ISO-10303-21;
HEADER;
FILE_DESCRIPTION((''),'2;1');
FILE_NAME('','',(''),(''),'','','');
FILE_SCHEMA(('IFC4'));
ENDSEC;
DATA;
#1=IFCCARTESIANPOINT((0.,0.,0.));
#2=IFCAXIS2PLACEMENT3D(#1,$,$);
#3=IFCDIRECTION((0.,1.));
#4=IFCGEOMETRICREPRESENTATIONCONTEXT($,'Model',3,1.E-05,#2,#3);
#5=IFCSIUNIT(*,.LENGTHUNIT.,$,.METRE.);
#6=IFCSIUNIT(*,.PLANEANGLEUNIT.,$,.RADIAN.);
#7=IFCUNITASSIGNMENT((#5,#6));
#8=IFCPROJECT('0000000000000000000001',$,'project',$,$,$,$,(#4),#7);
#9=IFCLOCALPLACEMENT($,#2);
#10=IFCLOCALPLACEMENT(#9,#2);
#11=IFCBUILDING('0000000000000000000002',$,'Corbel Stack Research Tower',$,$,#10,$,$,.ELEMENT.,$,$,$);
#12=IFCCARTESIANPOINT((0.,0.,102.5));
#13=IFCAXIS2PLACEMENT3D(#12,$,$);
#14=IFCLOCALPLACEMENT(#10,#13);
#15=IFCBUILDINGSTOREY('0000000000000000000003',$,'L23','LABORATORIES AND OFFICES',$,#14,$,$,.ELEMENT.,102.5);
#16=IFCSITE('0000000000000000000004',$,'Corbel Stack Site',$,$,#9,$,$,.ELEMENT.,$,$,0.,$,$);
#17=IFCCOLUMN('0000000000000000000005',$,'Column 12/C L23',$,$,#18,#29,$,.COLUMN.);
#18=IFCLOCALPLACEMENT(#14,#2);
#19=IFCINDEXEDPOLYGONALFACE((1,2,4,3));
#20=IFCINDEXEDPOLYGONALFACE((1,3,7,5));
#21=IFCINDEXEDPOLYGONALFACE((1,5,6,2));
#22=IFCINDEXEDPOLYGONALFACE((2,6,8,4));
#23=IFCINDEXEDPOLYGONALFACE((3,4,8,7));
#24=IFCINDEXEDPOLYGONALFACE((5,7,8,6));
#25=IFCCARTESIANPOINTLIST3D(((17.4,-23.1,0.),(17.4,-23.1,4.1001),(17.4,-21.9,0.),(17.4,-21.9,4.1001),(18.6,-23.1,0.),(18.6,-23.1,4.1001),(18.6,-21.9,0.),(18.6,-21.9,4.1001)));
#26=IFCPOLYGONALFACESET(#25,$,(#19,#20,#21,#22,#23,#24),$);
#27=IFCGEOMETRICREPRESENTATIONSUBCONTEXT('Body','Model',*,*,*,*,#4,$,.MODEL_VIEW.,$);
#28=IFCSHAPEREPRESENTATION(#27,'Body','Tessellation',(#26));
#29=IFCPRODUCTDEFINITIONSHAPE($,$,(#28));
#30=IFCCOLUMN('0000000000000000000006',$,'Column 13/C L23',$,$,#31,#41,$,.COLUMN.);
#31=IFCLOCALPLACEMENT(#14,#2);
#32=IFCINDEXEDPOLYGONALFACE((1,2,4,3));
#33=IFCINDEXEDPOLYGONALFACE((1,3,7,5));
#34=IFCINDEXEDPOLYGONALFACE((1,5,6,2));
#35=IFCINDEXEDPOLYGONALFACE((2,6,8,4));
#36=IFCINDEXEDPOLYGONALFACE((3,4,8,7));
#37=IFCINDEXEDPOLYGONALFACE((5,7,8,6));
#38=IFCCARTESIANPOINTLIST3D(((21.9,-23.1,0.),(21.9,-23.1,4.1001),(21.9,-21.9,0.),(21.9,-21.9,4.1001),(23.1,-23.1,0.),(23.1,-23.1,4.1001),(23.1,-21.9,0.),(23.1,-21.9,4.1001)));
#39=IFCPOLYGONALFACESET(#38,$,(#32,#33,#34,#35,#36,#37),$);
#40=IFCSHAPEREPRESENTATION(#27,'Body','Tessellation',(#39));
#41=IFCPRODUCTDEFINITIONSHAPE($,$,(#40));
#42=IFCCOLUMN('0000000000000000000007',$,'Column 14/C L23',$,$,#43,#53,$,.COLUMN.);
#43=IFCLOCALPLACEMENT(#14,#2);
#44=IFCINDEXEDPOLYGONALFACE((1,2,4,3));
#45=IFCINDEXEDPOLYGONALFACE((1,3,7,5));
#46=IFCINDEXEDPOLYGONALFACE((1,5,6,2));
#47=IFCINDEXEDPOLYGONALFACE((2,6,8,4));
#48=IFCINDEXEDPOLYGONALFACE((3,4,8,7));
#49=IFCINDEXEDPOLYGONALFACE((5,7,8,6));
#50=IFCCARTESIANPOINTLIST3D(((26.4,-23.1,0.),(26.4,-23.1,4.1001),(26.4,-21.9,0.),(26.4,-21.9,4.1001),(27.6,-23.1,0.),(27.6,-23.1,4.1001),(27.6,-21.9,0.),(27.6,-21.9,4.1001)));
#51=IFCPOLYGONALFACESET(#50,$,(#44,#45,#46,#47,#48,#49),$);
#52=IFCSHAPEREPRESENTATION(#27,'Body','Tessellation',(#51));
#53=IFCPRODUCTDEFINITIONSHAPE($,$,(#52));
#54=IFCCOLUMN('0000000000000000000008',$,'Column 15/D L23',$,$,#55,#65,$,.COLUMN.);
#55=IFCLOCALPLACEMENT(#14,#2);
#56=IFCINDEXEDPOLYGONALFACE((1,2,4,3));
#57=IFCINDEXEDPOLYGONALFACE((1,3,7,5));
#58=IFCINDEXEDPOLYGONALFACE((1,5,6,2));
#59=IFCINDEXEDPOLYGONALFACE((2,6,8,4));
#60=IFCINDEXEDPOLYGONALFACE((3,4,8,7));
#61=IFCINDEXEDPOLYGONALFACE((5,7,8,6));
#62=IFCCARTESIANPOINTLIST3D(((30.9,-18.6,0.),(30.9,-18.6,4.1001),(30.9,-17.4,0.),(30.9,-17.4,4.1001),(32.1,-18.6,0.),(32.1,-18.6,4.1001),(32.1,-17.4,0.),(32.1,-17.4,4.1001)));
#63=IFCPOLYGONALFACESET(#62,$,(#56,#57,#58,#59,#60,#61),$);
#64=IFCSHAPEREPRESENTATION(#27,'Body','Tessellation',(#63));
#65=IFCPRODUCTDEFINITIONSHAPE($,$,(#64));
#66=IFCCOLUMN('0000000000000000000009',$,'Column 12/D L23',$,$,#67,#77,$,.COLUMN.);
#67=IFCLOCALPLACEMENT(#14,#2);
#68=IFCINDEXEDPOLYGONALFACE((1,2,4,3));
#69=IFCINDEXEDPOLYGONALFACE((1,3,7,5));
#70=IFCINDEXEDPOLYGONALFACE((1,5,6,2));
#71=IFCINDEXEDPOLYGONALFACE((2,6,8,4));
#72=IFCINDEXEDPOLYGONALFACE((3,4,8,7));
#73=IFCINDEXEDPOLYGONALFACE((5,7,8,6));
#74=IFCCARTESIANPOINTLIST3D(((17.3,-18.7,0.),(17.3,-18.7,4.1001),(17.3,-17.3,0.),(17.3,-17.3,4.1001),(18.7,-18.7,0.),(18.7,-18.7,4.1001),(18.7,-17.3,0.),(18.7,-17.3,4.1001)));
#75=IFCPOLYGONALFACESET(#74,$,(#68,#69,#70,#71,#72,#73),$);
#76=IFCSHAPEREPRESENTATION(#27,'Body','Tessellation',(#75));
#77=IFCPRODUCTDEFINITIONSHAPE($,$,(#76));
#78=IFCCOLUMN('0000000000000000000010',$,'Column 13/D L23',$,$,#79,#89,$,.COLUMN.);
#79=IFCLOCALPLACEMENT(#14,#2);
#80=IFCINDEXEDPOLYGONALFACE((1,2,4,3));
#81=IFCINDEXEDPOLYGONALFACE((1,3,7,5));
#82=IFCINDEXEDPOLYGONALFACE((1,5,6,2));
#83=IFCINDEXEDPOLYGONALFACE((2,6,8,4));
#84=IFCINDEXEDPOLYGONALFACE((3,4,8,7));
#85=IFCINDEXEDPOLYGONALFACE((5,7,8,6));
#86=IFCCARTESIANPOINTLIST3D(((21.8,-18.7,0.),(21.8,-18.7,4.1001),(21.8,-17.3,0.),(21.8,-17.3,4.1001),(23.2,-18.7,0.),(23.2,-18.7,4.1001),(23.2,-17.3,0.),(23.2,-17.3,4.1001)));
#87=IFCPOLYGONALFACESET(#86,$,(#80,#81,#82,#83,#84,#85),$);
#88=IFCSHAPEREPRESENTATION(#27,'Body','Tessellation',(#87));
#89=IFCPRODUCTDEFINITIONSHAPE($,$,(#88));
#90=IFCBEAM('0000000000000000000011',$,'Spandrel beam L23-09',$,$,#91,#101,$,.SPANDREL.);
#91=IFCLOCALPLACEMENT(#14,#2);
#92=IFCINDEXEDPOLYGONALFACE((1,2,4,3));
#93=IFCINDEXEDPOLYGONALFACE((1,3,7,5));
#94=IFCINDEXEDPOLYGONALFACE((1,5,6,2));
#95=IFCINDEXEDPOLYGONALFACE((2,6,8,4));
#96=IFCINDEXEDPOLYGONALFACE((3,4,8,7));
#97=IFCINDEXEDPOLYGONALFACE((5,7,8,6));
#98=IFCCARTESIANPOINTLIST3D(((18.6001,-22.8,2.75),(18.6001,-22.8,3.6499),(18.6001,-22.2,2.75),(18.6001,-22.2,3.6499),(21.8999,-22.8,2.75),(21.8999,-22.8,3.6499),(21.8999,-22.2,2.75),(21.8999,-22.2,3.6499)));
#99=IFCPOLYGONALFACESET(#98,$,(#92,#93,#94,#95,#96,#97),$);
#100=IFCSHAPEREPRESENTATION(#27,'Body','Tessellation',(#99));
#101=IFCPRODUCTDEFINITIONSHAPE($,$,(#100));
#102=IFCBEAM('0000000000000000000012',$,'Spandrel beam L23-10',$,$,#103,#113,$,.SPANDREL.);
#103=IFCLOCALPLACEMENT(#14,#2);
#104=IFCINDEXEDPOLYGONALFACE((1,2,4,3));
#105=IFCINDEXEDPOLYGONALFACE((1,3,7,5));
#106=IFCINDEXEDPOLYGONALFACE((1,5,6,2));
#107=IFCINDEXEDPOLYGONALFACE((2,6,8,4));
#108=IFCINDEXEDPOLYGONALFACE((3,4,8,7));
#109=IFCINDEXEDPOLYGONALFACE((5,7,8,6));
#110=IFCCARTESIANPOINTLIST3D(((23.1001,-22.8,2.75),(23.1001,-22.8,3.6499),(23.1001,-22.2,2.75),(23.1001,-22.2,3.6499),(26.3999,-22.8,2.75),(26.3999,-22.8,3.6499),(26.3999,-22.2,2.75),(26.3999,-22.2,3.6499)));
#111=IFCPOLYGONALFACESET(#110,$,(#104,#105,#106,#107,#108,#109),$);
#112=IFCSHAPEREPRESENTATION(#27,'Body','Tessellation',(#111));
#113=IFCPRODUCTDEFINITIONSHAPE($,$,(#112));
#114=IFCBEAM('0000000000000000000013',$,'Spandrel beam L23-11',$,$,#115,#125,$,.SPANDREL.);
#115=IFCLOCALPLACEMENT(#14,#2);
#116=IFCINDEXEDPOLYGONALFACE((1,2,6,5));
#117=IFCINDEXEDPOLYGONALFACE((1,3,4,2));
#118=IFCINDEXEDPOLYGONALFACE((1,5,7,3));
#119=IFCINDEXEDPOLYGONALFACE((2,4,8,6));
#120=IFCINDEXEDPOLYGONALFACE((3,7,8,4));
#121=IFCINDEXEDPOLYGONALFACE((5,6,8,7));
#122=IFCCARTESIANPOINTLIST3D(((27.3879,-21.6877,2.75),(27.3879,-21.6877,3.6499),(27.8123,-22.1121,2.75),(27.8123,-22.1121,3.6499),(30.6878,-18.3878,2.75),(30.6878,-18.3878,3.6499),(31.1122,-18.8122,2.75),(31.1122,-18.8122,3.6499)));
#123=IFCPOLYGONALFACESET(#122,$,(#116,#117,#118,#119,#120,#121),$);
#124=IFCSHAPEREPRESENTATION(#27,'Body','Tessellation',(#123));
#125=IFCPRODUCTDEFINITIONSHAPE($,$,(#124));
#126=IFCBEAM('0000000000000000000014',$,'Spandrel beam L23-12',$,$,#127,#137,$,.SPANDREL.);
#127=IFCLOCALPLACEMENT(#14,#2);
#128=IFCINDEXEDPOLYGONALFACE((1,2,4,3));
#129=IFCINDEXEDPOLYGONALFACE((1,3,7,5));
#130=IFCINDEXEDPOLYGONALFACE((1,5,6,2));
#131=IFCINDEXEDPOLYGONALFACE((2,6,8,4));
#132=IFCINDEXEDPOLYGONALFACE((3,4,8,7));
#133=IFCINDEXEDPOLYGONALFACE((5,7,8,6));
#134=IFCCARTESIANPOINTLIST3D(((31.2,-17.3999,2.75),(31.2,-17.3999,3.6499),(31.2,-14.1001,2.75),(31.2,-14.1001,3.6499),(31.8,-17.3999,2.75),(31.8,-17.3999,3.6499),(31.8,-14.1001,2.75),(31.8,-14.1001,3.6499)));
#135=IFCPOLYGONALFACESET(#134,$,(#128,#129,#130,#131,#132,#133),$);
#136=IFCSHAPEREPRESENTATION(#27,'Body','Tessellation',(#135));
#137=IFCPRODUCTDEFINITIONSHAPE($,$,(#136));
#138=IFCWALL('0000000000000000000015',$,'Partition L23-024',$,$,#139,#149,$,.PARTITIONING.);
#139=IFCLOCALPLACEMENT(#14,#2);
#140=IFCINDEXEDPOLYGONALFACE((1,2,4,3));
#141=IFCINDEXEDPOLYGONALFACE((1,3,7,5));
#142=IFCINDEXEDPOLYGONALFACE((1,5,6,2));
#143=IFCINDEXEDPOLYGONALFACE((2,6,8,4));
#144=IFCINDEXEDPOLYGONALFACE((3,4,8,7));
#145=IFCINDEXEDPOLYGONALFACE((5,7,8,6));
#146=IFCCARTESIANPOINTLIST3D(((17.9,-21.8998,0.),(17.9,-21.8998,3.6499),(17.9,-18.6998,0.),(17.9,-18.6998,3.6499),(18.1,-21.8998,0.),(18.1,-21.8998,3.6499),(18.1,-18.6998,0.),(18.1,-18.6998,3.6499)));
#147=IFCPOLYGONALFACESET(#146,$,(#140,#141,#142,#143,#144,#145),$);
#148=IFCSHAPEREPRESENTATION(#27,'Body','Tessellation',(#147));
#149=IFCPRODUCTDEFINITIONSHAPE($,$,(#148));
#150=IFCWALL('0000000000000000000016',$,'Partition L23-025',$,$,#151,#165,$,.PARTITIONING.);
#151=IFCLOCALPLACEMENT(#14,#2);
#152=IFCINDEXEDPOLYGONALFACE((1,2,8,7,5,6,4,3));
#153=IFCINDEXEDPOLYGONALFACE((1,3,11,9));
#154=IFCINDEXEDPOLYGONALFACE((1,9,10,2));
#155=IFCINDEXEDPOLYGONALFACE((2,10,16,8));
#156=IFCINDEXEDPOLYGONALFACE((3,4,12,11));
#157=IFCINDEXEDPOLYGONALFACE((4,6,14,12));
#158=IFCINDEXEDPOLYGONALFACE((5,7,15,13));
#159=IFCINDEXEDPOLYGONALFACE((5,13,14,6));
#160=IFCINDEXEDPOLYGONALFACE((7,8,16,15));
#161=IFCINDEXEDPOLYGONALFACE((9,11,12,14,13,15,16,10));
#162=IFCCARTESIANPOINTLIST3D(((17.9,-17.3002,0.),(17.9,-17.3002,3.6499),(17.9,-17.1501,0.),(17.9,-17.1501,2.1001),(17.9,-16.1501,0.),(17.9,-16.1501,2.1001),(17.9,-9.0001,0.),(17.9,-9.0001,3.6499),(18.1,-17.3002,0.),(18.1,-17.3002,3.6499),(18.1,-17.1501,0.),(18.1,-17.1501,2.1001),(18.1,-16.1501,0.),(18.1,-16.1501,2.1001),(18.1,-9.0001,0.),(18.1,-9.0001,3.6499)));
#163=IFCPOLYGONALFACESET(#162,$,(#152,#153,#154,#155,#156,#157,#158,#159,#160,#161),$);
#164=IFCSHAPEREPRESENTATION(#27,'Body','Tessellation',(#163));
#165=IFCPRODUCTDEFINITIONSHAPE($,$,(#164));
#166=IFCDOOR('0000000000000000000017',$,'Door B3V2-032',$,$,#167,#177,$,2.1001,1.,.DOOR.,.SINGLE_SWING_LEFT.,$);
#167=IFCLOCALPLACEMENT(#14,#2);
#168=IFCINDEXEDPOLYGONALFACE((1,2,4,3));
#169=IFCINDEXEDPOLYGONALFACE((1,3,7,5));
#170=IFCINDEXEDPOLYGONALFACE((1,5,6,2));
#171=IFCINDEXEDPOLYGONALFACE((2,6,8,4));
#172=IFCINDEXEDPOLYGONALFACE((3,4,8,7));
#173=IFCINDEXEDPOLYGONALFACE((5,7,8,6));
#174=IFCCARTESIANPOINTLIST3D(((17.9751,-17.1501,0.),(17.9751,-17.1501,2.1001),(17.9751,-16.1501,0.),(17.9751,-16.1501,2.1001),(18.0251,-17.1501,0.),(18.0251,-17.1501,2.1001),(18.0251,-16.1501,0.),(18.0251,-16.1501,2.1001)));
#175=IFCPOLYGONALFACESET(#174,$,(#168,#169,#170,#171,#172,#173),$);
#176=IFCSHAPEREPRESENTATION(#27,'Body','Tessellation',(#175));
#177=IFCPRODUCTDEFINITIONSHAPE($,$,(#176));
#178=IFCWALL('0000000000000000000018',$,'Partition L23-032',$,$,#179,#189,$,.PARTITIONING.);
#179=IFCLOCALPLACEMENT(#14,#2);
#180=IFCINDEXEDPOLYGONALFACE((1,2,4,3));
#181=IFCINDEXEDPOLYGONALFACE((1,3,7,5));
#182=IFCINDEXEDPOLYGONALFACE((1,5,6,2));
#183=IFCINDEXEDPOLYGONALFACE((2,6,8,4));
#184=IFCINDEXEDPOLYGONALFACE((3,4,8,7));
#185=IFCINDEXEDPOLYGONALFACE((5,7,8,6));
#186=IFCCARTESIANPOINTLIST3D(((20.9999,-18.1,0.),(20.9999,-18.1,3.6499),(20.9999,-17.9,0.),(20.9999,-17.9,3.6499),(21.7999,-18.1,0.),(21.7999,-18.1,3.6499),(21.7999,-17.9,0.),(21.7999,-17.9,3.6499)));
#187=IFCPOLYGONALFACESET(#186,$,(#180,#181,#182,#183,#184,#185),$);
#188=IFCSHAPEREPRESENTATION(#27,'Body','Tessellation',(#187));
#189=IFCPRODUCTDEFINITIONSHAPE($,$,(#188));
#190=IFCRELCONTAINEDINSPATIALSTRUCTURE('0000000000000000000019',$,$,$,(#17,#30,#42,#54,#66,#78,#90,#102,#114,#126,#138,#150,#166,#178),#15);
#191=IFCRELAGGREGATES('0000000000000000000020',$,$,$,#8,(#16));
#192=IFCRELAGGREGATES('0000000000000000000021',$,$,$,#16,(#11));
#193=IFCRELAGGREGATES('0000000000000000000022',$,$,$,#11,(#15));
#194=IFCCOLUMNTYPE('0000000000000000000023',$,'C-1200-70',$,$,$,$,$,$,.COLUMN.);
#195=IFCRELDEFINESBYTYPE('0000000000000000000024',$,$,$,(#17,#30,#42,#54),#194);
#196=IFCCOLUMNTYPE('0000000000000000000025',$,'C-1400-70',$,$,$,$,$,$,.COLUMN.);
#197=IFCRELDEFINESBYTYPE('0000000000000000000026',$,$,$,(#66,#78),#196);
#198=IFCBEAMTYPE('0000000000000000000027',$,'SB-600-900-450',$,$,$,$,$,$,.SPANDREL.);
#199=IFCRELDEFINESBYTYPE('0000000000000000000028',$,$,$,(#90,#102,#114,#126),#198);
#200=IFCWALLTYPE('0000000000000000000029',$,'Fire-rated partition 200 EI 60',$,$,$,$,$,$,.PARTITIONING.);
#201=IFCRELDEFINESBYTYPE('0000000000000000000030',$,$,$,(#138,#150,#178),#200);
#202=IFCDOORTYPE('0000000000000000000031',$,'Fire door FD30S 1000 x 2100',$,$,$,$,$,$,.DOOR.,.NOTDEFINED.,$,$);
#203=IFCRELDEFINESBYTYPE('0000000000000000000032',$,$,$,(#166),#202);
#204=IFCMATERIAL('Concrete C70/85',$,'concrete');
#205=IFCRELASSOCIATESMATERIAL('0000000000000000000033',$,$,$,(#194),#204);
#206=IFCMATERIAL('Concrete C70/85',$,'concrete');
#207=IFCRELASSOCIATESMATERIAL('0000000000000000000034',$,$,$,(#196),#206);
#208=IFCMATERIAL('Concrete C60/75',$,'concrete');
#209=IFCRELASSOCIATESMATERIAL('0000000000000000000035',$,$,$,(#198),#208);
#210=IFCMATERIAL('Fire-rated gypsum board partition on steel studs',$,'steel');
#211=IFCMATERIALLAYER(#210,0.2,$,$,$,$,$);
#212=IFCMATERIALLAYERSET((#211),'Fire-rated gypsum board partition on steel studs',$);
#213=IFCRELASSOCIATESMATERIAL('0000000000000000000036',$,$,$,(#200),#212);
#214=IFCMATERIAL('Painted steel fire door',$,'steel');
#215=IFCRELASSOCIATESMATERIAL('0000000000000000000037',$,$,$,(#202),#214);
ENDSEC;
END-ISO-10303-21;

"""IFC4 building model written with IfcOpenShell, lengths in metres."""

from ifc_helpers import new_model, si_unit, direction, frame, frame_2d, origin, origin_2d, place, context, subcontext, project, spatial, rectangle, extrude, material, layer, layer_set, material_profile, profile_set, type_object, element, fill, save


model = new_model("IFC4")

# Units and contexts
model_context = context("Model", 3, precision=1e-05, world=origin(), true_north=direction((0.0, 1.0)))
body_context = subcontext(model_context, "Body", "Model", "MODEL_VIEW")
ifc_project = project(units=[si_unit("LENGTHUNIT", "METRE"), si_unit("PLANEANGLEUNIT", "RADIAN")], contexts=[model_context])

# Site, building, storey
site_placement = place(None, origin())
site = spatial("IfcSite", under=ifc_project, at=site_placement, Name="Corbel Stack Site", CompositionType="ELEMENT", RefElevation=0.0)
building_placement = place(site_placement, origin())
building = spatial("IfcBuilding", under=site, at=building_placement, Name="Corbel Stack Research Tower", CompositionType="ELEMENT")
storey_placement = place(building_placement, frame((0.0, 0.0, 102.5)))
storey = spatial("IfcBuildingStorey", under=building, at=storey_placement, Name="L23", Description="LABORATORIES AND OFFICES", CompositionType="ELEMENT", Elevation=102.5)

# Columns
ifc_material_1 = material(Name="Concrete C70/85", Category="concrete")
ifc_material_profile_1 = material_profile(ifc_material_1, rectangle(XDim=1.2, YDim=1.2, at=origin_2d()), Name="RC 1200 x 1200")
ifc_profile_set_1 = profile_set([ifc_material_profile_1], Name="Concrete C70/85")
column_type_1 = type_object("IfcColumnType", Name="C-1200-70", PredefinedType="COLUMN", material=ifc_profile_set_1)
for number, where, z_axis, x_axis, name in (
    (1, (18.0, -22.5, 0.0), (0.0, 0.0, 1.0), (1.0, 0.0, 0.0), "Column 12/C L23"),
    (2, (22.5, -22.5, 0.0), (0.0, 0.0, 1.0), (1.0, 0.0, 0.0), "Column 13/C L23"),
    (3, (27.0, -22.5, 0.0), (0.0, 0.0, 1.0), (1.0, 0.0, 0.0), "Column 14/C L23"),
    (4, (31.5, -18.0, 0.0), (0.0, 0.0, 1.0), (1.0, 0.0, 0.0), "Column 15/D L23"),
):
    element("IfcColumn", number, at=place(storey_placement, frame(where, z_axis=z_axis, x_axis=x_axis)), inside=storey, type_object=column_type_1, Name=name, PredefinedType="COLUMN", context=body_context, shape_type="SweptSolid", body=[
        extrude(rectangle(XDim=1.2, YDim=1.2, at=origin_2d()), origin(), (0.0, 0.0, 1.0), 4.1001),
    ])
ifc_material_2 = material(Name="Concrete C70/85", Category="concrete")
ifc_material_profile_2 = material_profile(ifc_material_2, rectangle(XDim=1.3999, YDim=1.3999, at=origin_2d()), Name="RC 1400 x 1400")
ifc_profile_set_2 = profile_set([ifc_material_profile_2], Name="Concrete C70/85")
column_type_2 = type_object("IfcColumnType", Name="C-1400-70", PredefinedType="COLUMN", material=ifc_profile_set_2)
for number, where, z_axis, x_axis, name in (
    (5, (18.0, -18.0, 0.0), (0.0, 0.0, 1.0), (1.0, 0.0, 0.0), "Column 12/D L23"),
    (6, (22.5, -18.0, 0.0), (0.0, 0.0, 1.0), (1.0, 0.0, 0.0), "Column 13/D L23"),
):
    element("IfcColumn", number, at=place(storey_placement, frame(where, z_axis=z_axis, x_axis=x_axis)), inside=storey, type_object=column_type_2, Name=name, PredefinedType="COLUMN", context=body_context, shape_type="SweptSolid", body=[
        extrude(rectangle(XDim=1.3999, YDim=1.3999, at=origin_2d()), origin(), (0.0, 0.0, 1.0), 4.1001),
    ])

# Beams
ifc_material_3 = material(Name="Concrete C60/75", Category="concrete")
ifc_material_profile_3 = material_profile(ifc_material_3, rectangle(XDim=0.6001, YDim=0.8999, at=origin_2d()), Name="RC 600 x 900")
ifc_profile_set_3 = profile_set([ifc_material_profile_3], Name="Concrete C60/75")
beam_type = type_object("IfcBeamType", Name="SB-600-900-450", PredefinedType="SPANDREL", material=ifc_profile_set_3)
for number, where, z_axis, x_axis, name in (
    (7, (18.6001, -22.5, 3.2), (1.0, 0.0, 0.0), (0.0, 1.0, 0.0), "Spandrel beam L23-09"),
    (8, (23.1001, -22.5, 3.2), (1.0, 0.0, 0.0), (0.0, 1.0, 0.0), "Spandrel beam L23-10"),
):
    element("IfcBeam", number, at=place(storey_placement, frame(where, z_axis=z_axis, x_axis=x_axis)), inside=storey, type_object=beam_type, Name=name, PredefinedType="SPANDREL", context=body_context, shape_type="SweptSolid", body=[
        extrude(rectangle(XDim=0.6001, YDim=0.8999, at=origin_2d()), origin(), (0.0, 0.0, 1.0), 3.2998),
    ])
beam_1_placement = place(storey_placement, frame((27.6001, -21.8999, 3.2), z_axis=(0.707107, 0.707107, 0.0), x_axis=(-0.707107, 0.707107, 0.0)))
element("IfcBeam", 9, at=beam_1_placement, inside=storey, type_object=beam_type, Name="Spandrel beam L23-11", PredefinedType="SPANDREL", context=body_context, shape_type="SweptSolid", body=[
    extrude(rectangle(XDim=0.6001, YDim=0.8999, at=origin_2d()), origin(), (0.0, 0.0, 1.0), 4.6667),
])
beam_2_placement = place(storey_placement, frame((31.5, -17.3999, 3.2), z_axis=(0.0, 1.0, 0.0), x_axis=(-1.0, 0.0, 0.0)))
element("IfcBeam", 10, at=beam_2_placement, inside=storey, type_object=beam_type, Name="Spandrel beam L23-12", PredefinedType="SPANDREL", context=body_context, shape_type="SweptSolid", body=[
    extrude(rectangle(XDim=0.6001, YDim=0.8999, at=origin_2d()), origin(), (0.0, 0.0, 1.0), 3.2998),
])

# Wall
ifc_material_4 = material(Name="Fire-rated gypsum board partition on steel studs", Category="steel")
ifc_layer_1 = layer(ifc_material_4, 0.2)
ifc_layer_set_1 = layer_set([ifc_layer_1], Name="Fire-rated gypsum board partition on steel studs")
wall_type_1 = type_object("IfcWallType", Name="Fire-rated partition 200 EI 60", PredefinedType="PARTITIONING", material=ifc_layer_set_1)
wall_1_placement = place(storey_placement, frame((18.0, -21.8999, 0.0), z_axis=(0.0, 0.0, 1.0), x_axis=(0.0, 1.0, 0.0)))
element("IfcWall", 11, at=wall_1_placement, inside=storey, type_object=wall_type_1, Name="Partition L23-024", PredefinedType="PARTITIONING", context=body_context, shape_type="SweptSolid", body=[
    extrude(rectangle(XDim=3.2, YDim=0.2, at=frame_2d((1.6001, 0.0))), origin(), (0.0, 0.0, 1.0), 3.6499),
])

# Wall, opening, door
wall_2_placement = place(storey_placement, frame((18.0, -17.3, 0.0), z_axis=(0.0, 0.0, 1.0), x_axis=(0.0, 1.0, 0.0)))
wall_2 = element("IfcWall", 12, at=wall_2_placement, inside=storey, type_object=wall_type_1, Name="Partition L23-025", PredefinedType="PARTITIONING", context=body_context, shape_type="SweptSolid", body=[
    extrude(rectangle(XDim=8.3, YDim=0.2, at=frame_2d((4.1499, 0.0))), origin(), (0.0, 0.0, 1.0), 3.6499),
])
opening_1_placement = place(wall_2_placement, frame((0.1499, 0.0, 0.0)))
opening_1 = element("IfcOpeningElement", 13, at=opening_1_placement, cuts=wall_2, PredefinedType="OPENING", context=body_context, shape_type="SweptSolid", body=[
    extrude(rectangle(XDim=1.0, YDim=2.1001, at=frame_2d((0.5, 1.05))), frame((0.0, 0.1099, 0.0), z_axis=(0.0, -1.0, 0.0), x_axis=(1.0, 0.0, 0.0)), (0.0, 0.0, 1.0), 0.22),
])
ifc_material_5 = material(Name="Painted steel fire door", Category="steel")
door_type_1 = type_object("IfcDoorType", Name="Fire door FD30S 1000 x 2100", OperationType="NOTDEFINED", PredefinedType="DOOR", material=ifc_material_5)
door_1_placement = place(opening_1_placement, origin())
door_1 = element("IfcDoor", 14, at=door_1_placement, inside=storey, type_object=door_type_1, Name="Door B3V2-032", OperationType="SINGLE_SWING_LEFT", OverallHeight=2.1001, OverallWidth=1.0, PredefinedType="DOOR", context=body_context, shape_type="SweptSolid", body=[
    extrude(rectangle(XDim=1.0, YDim=2.1001, at=frame_2d((0.5, 1.05))), frame((0.0, 0.0249, 0.0), z_axis=(0.0, -1.0, 0.0), x_axis=(1.0, 0.0, 0.0)), (0.0, 0.0, 1.0), 0.05),
])
fill(opening_1, door_1)

# Wall
wall_3_placement = place(storey_placement, frame((21.0, -18.0, 0.0), z_axis=(0.0, 0.0, 1.0), x_axis=(1.0, 0.0, 0.0)))
element("IfcWall", 15, at=wall_3_placement, inside=storey, type_object=wall_type_1, Name="Partition L23-032", PredefinedType="PARTITIONING", context=body_context, shape_type="SweptSolid", body=[
    extrude(rectangle(XDim=0.8, YDim=0.2, at=frame_2d((0.3999, 0.0))), origin(), (0.0, 0.0, 1.0), 3.6499),
])

save(model, "model.ifc")
